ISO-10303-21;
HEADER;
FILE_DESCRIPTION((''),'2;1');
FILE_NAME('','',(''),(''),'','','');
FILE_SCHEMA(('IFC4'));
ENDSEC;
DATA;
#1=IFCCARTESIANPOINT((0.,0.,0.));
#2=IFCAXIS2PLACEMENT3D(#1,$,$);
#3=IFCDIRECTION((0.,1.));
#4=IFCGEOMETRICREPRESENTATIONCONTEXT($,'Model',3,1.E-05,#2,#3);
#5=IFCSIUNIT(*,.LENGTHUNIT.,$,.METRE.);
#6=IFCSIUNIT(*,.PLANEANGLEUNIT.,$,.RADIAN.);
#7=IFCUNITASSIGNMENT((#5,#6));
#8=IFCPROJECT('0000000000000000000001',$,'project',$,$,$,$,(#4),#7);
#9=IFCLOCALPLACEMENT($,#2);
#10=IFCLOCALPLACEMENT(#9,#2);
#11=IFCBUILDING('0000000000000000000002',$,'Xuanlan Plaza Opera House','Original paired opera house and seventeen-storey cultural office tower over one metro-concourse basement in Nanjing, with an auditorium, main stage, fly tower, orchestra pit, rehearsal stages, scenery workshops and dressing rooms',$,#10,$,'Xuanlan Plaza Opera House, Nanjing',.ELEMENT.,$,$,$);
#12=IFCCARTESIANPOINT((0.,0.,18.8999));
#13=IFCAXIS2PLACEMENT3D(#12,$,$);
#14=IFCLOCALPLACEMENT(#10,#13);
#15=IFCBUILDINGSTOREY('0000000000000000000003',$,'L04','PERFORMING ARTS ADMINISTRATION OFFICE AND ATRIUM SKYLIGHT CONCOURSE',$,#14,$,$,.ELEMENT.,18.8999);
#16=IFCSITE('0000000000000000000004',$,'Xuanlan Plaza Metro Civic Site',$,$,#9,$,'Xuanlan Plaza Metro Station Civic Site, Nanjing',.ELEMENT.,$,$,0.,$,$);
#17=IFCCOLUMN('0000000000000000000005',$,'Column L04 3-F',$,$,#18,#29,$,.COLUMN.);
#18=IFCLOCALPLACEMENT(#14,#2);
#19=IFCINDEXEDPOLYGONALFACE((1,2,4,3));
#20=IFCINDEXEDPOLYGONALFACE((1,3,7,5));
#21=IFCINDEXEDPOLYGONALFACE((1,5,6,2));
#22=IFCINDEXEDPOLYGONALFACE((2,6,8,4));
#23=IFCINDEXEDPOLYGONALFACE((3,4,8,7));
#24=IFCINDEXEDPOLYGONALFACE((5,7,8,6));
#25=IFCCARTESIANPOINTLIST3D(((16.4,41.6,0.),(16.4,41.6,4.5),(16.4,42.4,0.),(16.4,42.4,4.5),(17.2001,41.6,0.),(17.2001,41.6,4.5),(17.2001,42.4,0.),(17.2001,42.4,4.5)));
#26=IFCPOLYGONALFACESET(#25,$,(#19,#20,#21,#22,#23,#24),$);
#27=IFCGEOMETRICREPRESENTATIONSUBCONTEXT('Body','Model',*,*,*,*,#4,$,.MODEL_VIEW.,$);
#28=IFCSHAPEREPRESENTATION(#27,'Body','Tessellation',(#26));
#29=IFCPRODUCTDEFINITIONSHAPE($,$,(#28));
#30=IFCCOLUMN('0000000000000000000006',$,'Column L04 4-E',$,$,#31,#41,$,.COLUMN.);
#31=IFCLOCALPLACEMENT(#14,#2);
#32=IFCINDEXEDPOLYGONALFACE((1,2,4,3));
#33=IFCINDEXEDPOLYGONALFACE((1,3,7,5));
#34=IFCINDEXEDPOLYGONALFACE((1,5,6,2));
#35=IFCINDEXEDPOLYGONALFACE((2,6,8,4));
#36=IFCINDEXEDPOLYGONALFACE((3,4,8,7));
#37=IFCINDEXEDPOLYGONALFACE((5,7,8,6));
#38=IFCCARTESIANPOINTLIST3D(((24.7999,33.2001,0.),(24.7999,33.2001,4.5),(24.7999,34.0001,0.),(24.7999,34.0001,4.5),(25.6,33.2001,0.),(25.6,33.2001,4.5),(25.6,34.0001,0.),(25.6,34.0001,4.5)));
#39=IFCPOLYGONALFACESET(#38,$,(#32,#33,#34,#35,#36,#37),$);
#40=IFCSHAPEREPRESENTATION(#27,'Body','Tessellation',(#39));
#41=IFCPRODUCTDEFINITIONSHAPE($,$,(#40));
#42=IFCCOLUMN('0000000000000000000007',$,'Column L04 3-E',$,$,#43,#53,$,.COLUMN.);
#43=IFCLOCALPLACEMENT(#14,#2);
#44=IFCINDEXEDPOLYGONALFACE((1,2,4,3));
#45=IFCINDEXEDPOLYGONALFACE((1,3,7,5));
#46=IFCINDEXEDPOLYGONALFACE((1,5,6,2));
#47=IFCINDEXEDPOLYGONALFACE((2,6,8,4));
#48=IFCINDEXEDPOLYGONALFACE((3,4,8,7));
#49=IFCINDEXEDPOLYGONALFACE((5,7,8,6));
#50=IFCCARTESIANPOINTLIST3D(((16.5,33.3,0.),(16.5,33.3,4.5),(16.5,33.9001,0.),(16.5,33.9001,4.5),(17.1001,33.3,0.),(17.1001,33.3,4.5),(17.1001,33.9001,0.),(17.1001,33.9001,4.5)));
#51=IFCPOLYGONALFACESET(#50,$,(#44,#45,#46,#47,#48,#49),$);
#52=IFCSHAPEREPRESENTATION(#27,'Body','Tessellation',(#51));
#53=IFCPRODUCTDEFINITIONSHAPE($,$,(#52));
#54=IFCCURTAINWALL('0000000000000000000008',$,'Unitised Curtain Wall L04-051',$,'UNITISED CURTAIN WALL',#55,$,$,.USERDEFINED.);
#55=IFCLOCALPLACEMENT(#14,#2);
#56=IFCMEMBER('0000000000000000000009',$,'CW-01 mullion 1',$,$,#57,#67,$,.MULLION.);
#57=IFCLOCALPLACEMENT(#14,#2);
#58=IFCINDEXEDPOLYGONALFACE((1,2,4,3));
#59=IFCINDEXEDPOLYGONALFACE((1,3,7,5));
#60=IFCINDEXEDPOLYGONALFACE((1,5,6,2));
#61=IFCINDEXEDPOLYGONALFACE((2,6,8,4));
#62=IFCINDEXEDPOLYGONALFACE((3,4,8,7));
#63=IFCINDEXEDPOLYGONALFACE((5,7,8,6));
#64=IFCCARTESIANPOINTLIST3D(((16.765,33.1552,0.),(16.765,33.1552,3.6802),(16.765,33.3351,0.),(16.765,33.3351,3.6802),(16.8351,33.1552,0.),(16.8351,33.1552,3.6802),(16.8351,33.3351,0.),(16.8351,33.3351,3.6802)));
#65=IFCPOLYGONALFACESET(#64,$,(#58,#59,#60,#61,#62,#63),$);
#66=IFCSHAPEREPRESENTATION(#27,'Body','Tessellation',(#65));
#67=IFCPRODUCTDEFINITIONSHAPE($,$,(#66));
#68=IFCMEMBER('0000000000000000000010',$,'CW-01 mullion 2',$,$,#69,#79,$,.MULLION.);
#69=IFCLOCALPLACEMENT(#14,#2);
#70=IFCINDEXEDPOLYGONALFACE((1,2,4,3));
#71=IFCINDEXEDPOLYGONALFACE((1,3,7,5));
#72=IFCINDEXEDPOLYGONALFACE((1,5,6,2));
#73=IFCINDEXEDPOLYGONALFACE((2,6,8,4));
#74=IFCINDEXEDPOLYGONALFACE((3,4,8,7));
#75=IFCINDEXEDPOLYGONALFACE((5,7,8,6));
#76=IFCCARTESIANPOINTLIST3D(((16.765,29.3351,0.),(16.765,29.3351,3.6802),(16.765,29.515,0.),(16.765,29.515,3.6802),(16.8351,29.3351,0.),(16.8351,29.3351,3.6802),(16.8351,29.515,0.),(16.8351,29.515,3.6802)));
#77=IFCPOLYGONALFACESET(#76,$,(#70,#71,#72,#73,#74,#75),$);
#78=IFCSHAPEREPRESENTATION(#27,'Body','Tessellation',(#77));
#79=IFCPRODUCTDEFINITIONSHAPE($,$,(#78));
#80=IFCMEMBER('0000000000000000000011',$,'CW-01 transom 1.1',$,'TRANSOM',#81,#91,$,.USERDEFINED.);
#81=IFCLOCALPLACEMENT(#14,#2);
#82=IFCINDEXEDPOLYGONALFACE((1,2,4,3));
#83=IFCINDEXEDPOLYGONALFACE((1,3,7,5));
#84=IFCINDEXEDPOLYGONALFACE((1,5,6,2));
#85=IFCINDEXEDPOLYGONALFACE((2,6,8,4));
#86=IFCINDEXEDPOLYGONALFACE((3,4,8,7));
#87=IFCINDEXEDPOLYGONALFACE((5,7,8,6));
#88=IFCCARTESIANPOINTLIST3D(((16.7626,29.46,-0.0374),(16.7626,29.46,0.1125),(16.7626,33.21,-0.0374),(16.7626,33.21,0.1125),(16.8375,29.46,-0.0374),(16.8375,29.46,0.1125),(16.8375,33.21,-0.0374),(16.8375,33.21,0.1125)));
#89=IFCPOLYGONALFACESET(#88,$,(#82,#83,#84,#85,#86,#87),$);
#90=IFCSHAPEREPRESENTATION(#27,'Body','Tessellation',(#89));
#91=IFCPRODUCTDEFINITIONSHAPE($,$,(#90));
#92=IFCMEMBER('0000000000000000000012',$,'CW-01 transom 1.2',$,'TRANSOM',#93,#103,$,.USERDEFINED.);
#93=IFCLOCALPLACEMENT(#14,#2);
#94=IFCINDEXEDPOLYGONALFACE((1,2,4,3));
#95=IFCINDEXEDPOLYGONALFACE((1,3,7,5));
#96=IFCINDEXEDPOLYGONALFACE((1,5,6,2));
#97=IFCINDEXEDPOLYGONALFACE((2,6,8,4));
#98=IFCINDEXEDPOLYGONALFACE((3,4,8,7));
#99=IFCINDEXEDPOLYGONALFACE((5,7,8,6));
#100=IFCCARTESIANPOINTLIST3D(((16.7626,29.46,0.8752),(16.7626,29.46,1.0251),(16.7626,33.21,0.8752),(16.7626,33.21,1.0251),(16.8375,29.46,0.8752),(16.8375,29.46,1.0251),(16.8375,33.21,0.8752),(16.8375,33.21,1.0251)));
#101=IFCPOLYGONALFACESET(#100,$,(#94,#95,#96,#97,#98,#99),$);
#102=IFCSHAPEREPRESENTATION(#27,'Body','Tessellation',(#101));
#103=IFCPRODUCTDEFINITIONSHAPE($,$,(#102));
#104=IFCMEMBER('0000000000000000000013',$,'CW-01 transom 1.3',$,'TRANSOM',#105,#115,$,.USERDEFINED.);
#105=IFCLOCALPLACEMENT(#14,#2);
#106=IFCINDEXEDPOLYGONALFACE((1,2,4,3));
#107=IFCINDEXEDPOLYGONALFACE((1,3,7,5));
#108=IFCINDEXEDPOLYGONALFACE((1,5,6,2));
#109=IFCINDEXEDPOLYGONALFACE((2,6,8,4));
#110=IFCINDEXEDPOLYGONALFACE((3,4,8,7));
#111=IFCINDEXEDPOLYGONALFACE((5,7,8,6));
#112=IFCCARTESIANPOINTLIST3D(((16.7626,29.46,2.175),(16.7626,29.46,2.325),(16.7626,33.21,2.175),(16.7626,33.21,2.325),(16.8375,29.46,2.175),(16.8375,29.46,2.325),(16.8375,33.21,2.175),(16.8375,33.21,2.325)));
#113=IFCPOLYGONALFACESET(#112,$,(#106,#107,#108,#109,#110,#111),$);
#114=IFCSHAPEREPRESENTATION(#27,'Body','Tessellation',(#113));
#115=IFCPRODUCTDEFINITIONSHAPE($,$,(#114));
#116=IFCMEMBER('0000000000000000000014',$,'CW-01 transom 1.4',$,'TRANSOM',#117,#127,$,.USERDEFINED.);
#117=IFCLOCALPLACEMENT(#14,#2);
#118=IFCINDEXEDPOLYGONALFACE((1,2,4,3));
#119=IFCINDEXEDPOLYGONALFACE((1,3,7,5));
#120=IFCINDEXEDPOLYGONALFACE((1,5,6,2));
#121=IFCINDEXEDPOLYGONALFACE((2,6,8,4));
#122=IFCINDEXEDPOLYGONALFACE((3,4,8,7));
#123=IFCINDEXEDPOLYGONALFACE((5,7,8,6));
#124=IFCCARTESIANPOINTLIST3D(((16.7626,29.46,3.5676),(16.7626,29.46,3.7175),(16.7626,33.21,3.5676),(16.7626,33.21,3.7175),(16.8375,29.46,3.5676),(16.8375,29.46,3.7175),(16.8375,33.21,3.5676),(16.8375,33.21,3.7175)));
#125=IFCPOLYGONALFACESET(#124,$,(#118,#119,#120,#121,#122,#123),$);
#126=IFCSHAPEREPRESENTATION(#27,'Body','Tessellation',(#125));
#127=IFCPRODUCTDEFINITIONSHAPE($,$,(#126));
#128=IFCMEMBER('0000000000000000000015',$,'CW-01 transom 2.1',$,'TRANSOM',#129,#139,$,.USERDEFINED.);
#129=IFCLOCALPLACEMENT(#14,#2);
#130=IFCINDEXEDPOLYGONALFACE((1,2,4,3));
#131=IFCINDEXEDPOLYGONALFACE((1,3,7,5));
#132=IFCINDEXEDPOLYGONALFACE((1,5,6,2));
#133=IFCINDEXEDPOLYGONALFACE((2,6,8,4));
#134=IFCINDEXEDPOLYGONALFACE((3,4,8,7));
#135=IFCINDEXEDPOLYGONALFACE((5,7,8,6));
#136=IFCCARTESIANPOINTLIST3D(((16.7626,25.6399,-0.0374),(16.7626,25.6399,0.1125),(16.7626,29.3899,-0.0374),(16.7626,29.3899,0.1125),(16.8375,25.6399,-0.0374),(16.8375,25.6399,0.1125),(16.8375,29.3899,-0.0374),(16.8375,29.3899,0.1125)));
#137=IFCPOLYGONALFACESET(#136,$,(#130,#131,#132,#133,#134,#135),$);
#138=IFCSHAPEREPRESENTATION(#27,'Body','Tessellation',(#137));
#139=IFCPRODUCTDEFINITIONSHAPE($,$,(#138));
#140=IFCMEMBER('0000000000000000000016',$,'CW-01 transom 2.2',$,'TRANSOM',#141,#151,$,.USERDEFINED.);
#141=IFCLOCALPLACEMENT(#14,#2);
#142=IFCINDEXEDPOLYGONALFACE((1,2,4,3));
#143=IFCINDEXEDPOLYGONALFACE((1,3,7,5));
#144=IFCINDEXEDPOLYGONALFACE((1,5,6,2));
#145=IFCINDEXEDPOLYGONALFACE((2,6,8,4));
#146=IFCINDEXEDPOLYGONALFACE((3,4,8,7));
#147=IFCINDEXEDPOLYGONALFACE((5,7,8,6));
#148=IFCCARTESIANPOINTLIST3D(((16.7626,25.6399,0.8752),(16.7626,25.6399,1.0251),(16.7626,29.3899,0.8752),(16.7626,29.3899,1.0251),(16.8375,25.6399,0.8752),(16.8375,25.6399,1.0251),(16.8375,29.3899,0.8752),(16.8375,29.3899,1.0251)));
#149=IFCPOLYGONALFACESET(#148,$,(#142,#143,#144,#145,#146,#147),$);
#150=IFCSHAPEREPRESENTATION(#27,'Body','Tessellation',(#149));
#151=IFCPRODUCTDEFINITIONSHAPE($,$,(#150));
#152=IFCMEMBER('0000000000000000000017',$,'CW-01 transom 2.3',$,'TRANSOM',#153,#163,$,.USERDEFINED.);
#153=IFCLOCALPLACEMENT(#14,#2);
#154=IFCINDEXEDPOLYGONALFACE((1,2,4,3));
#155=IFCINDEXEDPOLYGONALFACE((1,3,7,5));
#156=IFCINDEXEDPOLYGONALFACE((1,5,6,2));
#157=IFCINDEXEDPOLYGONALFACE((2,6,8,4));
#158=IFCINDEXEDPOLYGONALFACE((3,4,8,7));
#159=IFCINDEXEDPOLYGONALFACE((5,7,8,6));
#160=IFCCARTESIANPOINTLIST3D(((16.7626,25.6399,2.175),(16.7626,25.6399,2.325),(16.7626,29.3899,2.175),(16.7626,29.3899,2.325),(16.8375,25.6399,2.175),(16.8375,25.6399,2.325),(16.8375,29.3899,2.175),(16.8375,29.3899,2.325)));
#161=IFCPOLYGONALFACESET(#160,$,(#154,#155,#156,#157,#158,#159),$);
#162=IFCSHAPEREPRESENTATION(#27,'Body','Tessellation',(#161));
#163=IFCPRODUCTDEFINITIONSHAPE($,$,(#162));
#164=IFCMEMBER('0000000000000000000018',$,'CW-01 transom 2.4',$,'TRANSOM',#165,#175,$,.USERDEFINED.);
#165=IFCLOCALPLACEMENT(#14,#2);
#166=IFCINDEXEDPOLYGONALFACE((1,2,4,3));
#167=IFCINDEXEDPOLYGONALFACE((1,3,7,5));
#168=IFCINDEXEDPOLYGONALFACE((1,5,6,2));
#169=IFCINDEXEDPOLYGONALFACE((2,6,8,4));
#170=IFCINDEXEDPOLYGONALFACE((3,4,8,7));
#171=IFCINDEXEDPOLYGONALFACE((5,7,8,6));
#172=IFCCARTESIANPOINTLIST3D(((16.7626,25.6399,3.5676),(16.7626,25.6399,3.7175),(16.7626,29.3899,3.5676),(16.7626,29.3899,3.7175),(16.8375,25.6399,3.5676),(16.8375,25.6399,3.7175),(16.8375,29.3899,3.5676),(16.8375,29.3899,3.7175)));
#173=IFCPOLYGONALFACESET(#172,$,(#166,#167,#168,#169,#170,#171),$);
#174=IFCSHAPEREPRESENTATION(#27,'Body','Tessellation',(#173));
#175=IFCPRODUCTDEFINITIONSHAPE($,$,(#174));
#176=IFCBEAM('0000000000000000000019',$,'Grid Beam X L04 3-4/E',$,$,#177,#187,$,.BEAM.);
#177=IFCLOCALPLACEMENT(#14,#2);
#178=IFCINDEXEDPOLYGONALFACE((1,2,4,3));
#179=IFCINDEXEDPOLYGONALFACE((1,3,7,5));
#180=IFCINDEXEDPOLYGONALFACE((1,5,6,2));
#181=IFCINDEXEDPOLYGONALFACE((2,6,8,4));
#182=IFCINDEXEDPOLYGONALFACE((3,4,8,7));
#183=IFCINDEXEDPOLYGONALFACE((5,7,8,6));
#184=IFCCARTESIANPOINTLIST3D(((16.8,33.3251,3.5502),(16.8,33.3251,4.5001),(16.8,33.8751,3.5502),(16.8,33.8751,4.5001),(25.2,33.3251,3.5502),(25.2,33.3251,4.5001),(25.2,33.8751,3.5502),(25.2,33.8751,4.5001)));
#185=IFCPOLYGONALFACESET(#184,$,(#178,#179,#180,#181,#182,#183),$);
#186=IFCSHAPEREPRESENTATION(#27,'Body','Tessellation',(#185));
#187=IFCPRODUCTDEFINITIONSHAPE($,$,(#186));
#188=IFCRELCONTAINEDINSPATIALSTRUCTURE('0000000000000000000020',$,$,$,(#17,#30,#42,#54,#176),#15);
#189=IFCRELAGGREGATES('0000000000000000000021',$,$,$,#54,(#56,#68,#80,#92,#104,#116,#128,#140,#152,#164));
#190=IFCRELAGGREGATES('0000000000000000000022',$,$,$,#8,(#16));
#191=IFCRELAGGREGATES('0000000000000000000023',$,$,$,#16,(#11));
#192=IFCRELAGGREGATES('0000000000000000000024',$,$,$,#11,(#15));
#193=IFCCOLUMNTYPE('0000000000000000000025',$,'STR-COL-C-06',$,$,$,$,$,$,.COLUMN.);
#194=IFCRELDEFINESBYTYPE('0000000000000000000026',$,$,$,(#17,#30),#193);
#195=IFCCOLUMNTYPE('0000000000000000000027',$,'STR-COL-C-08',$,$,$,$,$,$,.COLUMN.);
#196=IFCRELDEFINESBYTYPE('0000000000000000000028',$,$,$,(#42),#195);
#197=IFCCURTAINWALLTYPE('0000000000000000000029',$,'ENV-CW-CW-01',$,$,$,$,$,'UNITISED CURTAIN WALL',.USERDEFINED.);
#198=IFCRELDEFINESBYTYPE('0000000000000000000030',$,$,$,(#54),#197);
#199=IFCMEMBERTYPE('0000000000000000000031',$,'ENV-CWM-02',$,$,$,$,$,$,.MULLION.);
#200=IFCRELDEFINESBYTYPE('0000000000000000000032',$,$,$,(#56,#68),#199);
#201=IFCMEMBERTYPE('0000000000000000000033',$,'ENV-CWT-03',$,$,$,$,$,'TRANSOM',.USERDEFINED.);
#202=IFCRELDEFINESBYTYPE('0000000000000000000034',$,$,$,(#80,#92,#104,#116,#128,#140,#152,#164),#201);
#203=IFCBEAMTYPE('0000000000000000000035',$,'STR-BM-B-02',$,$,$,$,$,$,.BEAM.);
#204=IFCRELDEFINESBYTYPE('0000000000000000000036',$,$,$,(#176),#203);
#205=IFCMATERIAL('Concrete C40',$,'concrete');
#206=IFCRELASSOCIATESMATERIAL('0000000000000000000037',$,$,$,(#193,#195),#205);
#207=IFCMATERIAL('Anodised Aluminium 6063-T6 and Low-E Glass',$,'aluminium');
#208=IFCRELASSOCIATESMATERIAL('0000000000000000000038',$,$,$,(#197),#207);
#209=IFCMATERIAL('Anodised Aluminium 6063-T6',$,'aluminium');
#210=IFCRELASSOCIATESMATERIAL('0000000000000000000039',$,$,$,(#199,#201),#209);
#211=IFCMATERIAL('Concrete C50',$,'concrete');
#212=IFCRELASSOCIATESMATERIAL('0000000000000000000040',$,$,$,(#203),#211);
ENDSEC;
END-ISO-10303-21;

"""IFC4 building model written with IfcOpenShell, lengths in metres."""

from ifc_helpers import new_model, si_unit, direction, frame, origin, origin_2d, place, context, subcontext, project, spatial, rectangle, extrude, material, material_profile, profile_set, type_object, element, aggregate, save


model = new_model("IFC4")

# Units and contexts
model_context = context("Model", 3, precision=1e-05, world=origin(), true_north=direction((0.0, 1.0)))
body_context = subcontext(model_context, "Body", "Model", "MODEL_VIEW")
ifc_project = project(units=[si_unit("LENGTHUNIT", "METRE"), si_unit("PLANEANGLEUNIT", "RADIAN")], contexts=[model_context])

# Site, building, storey
site_placement = place(None, origin())
site = spatial("IfcSite", under=ifc_project, at=site_placement, Name="Xuanlan Plaza Metro Civic Site", LongName="Xuanlan Plaza Metro Station Civic Site, Nanjing", CompositionType="ELEMENT", RefElevation=0.0)
building_placement = place(site_placement, origin())
building = spatial("IfcBuilding", under=site, at=building_placement, Name="Xuanlan Plaza Opera House", Description="Original paired opera house and seventeen-storey cultural office tower over one metro-concourse basement in Nanjing, with an auditorium, main stage, fly tower, orchestra pit, rehearsal stages, scenery workshops and dressing rooms", LongName="Xuanlan Plaza Opera House, Nanjing", CompositionType="ELEMENT")
storey_placement = place(building_placement, frame((0.0, 0.0, 18.8999)))
storey = spatial("IfcBuildingStorey", under=building, at=storey_placement, Name="L04", Description="PERFORMING ARTS ADMINISTRATION OFFICE AND ATRIUM SKYLIGHT CONCOURSE", CompositionType="ELEMENT", Elevation=18.8999)

# Columns
ifc_material_1 = material(Name="Concrete C40", Category="concrete")
ifc_material_profile_1 = material_profile(ifc_material_1, rectangle(XDim=0.8, YDim=0.8, at=origin_2d()), Name="RC-COL 800x800")
ifc_profile_set_1 = profile_set([ifc_material_profile_1], Name="Concrete C40")
column_type_1 = type_object("IfcColumnType", Name="STR-COL-C-06", PredefinedType="COLUMN", material=ifc_profile_set_1)
for number, where, z_axis, x_axis, name in (
    (1, (16.8, 42.0, 0.0), (0.0, 0.0, 1.0), (1.0, 0.0, 0.0), "Column L04 3-F"),
    (2, (25.2, 33.6001, 0.0), (0.0, 0.0, 1.0), (1.0, 0.0, 0.0), "Column L04 4-E"),
):
    element("IfcColumn", number, at=place(storey_placement, frame(where, z_axis=z_axis, x_axis=x_axis)), inside=storey, type_object=column_type_1, Name=name, PredefinedType="COLUMN", context=body_context, shape_type="SweptSolid", body=[
        extrude(rectangle(XDim=0.8, YDim=0.8, at=origin_2d()), origin(), (0.0, 0.0, 1.0), 4.5),
    ])
ifc_material_profile_2 = material_profile(ifc_material_1, rectangle(XDim=0.6001, YDim=0.6001, at=origin_2d()), Name="RC-COL 600x600")
ifc_profile_set_2 = profile_set([ifc_material_profile_2], Name="Concrete C40")
column_type_2 = type_object("IfcColumnType", Name="STR-COL-C-08", PredefinedType="COLUMN", material=ifc_profile_set_2)
column_placement = place(storey_placement, frame((16.8, 33.6001, 0.0), z_axis=(0.0, 0.0, 1.0), x_axis=(1.0, 0.0, 0.0)))
element("IfcColumn", 3, at=column_placement, inside=storey, type_object=column_type_2, Name="Column L04 3-E", PredefinedType="COLUMN", context=body_context, shape_type="SweptSolid", body=[
    extrude(rectangle(XDim=0.6001, YDim=0.6001, at=origin_2d()), origin(), (0.0, 0.0, 1.0), 4.5),
])

# Curtain wall, members
ifc_material_2 = material(Name="Anodised Aluminium 6063-T6 and Low-E Glass", Category="aluminium")
curtain_wall_type = type_object("IfcCurtainWallType", Name="ENV-CW-CW-01", ElementType="UNITISED CURTAIN WALL", PredefinedType="USERDEFINED", material=ifc_material_2)
curtain_wall_placement = place(storey_placement, origin())
curtain_wall = element("IfcCurtainWall", 4, at=curtain_wall_placement, inside=storey, type_object=curtain_wall_type, Name="Unitised Curtain Wall L04-051", ObjectType="UNITISED CURTAIN WALL", PredefinedType="USERDEFINED")
ifc_material_3 = material(Name="Anodised Aluminium 6063-T6", Category="aluminium")
ifc_material_profile_3 = material_profile(ifc_material_3, rectangle(XDim=0.0701, YDim=0.1799, at=origin_2d()), Name="ALU-M 70x180")
ifc_profile_set_3 = profile_set([ifc_material_profile_3], Name="Anodised Aluminium 6063-T6")
member_type_1 = type_object("IfcMemberType", Name="ENV-CWM-02", PredefinedType="MULLION", material=ifc_profile_set_3)
member_1_placement = place(storey_placement, frame((16.8, 33.2451, 0.0), z_axis=(0.0, 0.0, 1.0), x_axis=(1.0, 0.0, 0.0)))
member_1 = element("IfcMember", 5, at=member_1_placement, type_object=member_type_1, Name="CW-01 mullion 1", PredefinedType="MULLION", context=body_context, shape_type="SweptSolid", body=[
    extrude(rectangle(XDim=0.0701, YDim=0.1799, at=origin_2d()), origin(), (0.0, 0.0, 1.0), 3.6802),
])
member_2_placement = place(storey_placement, frame((16.8, 29.425, 0.0), z_axis=(0.0, 0.0, 1.0), x_axis=(1.0, 0.0, 0.0)))
member_2 = element("IfcMember", 6, at=member_2_placement, type_object=member_type_1, Name="CW-01 mullion 2", PredefinedType="MULLION", context=body_context, shape_type="SweptSolid", body=[
    extrude(rectangle(XDim=0.0701, YDim=0.1799, at=origin_2d()), origin(), (0.0, 0.0, 1.0), 3.6802),
])
ifc_material_profile_4 = material_profile(ifc_material_3, rectangle(XDim=0.075, YDim=0.1499, at=origin_2d()), Name="ALU-T 75x150")
ifc_profile_set_4 = profile_set([ifc_material_profile_4], Name="Anodised Aluminium 6063-T6")
member_type_2 = type_object("IfcMemberType", Name="ENV-CWT-03", ElementType="TRANSOM", PredefinedType="USERDEFINED", material=ifc_profile_set_4)
member_3_placement = place(storey_placement, frame((16.8, 33.21, 0.0376), z_axis=(0.0, -1.0, 0.0), x_axis=(1.0, 0.0, 0.0)))
member_3 = element("IfcMember", 7, at=member_3_placement, type_object=member_type_2, Name="CW-01 transom 1.1", ObjectType="TRANSOM", PredefinedType="USERDEFINED", context=body_context, shape_type="SweptSolid", body=[
    extrude(rectangle(XDim=0.075, YDim=0.1499, at=origin_2d()), origin(), (0.0, 0.0, 1.0), 3.75),
])
member_4_placement = place(storey_placement, frame((16.8, 33.21, 0.9502), z_axis=(0.0, -1.0, 0.0), x_axis=(1.0, 0.0, 0.0)))
member_4 = element("IfcMember", 8, at=member_4_placement, type_object=member_type_2, Name="CW-01 transom 1.2", ObjectType="TRANSOM", PredefinedType="USERDEFINED", context=body_context, shape_type="SweptSolid", body=[
    extrude(rectangle(XDim=0.075, YDim=0.1499, at=origin_2d()), origin(), (0.0, 0.0, 1.0), 3.75),
])
member_5_placement = place(storey_placement, frame((16.8, 33.21, 2.25), z_axis=(0.0, -1.0, 0.0), x_axis=(1.0, 0.0, 0.0)))
member_5 = element("IfcMember", 9, at=member_5_placement, type_object=member_type_2, Name="CW-01 transom 1.3", ObjectType="TRANSOM", PredefinedType="USERDEFINED", context=body_context, shape_type="SweptSolid", body=[
    extrude(rectangle(XDim=0.075, YDim=0.1499, at=origin_2d()), origin(), (0.0, 0.0, 1.0), 3.75),
])
member_6_placement = place(storey_placement, frame((16.8, 33.21, 3.6426), z_axis=(0.0, -1.0, 0.0), x_axis=(1.0, 0.0, 0.0)))
member_6 = element("IfcMember", 10, at=member_6_placement, type_object=member_type_2, Name="CW-01 transom 1.4", ObjectType="TRANSOM", PredefinedType="USERDEFINED", context=body_context, shape_type="SweptSolid", body=[
    extrude(rectangle(XDim=0.075, YDim=0.1499, at=origin_2d()), origin(), (0.0, 0.0, 1.0), 3.75),
])
member_7_placement = place(storey_placement, frame((16.8, 29.3899, 0.0376), z_axis=(0.0, -1.0, 0.0), x_axis=(1.0, 0.0, 0.0)))
member_7 = element("IfcMember", 11, at=member_7_placement, type_object=member_type_2, Name="CW-01 transom 2.1", ObjectType="TRANSOM", PredefinedType="USERDEFINED", context=body_context, shape_type="SweptSolid", body=[
    extrude(rectangle(XDim=0.075, YDim=0.1499, at=origin_2d()), origin(), (0.0, 0.0, 1.0), 3.75),
])
member_8_placement = place(storey_placement, frame((16.8, 29.3899, 0.9502), z_axis=(0.0, -1.0, 0.0), x_axis=(1.0, 0.0, 0.0)))
member_8 = element("IfcMember", 12, at=member_8_placement, type_object=member_type_2, Name="CW-01 transom 2.2", ObjectType="TRANSOM", PredefinedType="USERDEFINED", context=body_context, shape_type="SweptSolid", body=[
    extrude(rectangle(XDim=0.075, YDim=0.1499, at=origin_2d()), origin(), (0.0, 0.0, 1.0), 3.75),
])
member_9_placement = place(storey_placement, frame((16.8, 29.3899, 2.25), z_axis=(0.0, -1.0, 0.0), x_axis=(1.0, 0.0, 0.0)))
member_9 = element("IfcMember", 13, at=member_9_placement, type_object=member_type_2, Name="CW-01 transom 2.3", ObjectType="TRANSOM", PredefinedType="USERDEFINED", context=body_context, shape_type="SweptSolid", body=[
    extrude(rectangle(XDim=0.075, YDim=0.1499, at=origin_2d()), origin(), (0.0, 0.0, 1.0), 3.75),
])
member_10_placement = place(storey_placement, frame((16.8, 29.3899, 3.6426), z_axis=(0.0, -1.0, 0.0), x_axis=(1.0, 0.0, 0.0)))
member_10 = element("IfcMember", 14, at=member_10_placement, type_object=member_type_2, Name="CW-01 transom 2.4", ObjectType="TRANSOM", PredefinedType="USERDEFINED", context=body_context, shape_type="SweptSolid", body=[
    extrude(rectangle(XDim=0.075, YDim=0.1499, at=origin_2d()), origin(), (0.0, 0.0, 1.0), 3.75),
])

# Beam
ifc_material_4 = material(Name="Concrete C50", Category="concrete")
ifc_material_profile_5 = material_profile(ifc_material_4, rectangle(XDim=0.55, YDim=0.95, at=origin_2d()), Name="RC-BM 550x950")
ifc_profile_set_5 = profile_set([ifc_material_profile_5], Name="Concrete C50")
beam_type_1 = type_object("IfcBeamType", Name="STR-BM-B-02", PredefinedType="BEAM", material=ifc_profile_set_5)
beam_1_placement = place(storey_placement, frame((16.8, 33.6001, 4.0251), z_axis=(1.0, 0.0, 0.0), x_axis=(0.0, 1.0, 0.0)))
element("IfcBeam", 15, at=beam_1_placement, inside=storey, type_object=beam_type_1, Name="Grid Beam X L04 3-4/E", PredefinedType="BEAM", context=body_context, shape_type="SweptSolid", body=[
    extrude(rectangle(XDim=0.55, YDim=0.95, at=origin_2d()), origin(), (0.0, 0.0, 1.0), 8.3999),
])

aggregate(curtain_wall, [member_1, member_2, member_3, member_4, member_5, member_6, member_7, member_8, member_9, member_10])

save(model, "model.ifc")
